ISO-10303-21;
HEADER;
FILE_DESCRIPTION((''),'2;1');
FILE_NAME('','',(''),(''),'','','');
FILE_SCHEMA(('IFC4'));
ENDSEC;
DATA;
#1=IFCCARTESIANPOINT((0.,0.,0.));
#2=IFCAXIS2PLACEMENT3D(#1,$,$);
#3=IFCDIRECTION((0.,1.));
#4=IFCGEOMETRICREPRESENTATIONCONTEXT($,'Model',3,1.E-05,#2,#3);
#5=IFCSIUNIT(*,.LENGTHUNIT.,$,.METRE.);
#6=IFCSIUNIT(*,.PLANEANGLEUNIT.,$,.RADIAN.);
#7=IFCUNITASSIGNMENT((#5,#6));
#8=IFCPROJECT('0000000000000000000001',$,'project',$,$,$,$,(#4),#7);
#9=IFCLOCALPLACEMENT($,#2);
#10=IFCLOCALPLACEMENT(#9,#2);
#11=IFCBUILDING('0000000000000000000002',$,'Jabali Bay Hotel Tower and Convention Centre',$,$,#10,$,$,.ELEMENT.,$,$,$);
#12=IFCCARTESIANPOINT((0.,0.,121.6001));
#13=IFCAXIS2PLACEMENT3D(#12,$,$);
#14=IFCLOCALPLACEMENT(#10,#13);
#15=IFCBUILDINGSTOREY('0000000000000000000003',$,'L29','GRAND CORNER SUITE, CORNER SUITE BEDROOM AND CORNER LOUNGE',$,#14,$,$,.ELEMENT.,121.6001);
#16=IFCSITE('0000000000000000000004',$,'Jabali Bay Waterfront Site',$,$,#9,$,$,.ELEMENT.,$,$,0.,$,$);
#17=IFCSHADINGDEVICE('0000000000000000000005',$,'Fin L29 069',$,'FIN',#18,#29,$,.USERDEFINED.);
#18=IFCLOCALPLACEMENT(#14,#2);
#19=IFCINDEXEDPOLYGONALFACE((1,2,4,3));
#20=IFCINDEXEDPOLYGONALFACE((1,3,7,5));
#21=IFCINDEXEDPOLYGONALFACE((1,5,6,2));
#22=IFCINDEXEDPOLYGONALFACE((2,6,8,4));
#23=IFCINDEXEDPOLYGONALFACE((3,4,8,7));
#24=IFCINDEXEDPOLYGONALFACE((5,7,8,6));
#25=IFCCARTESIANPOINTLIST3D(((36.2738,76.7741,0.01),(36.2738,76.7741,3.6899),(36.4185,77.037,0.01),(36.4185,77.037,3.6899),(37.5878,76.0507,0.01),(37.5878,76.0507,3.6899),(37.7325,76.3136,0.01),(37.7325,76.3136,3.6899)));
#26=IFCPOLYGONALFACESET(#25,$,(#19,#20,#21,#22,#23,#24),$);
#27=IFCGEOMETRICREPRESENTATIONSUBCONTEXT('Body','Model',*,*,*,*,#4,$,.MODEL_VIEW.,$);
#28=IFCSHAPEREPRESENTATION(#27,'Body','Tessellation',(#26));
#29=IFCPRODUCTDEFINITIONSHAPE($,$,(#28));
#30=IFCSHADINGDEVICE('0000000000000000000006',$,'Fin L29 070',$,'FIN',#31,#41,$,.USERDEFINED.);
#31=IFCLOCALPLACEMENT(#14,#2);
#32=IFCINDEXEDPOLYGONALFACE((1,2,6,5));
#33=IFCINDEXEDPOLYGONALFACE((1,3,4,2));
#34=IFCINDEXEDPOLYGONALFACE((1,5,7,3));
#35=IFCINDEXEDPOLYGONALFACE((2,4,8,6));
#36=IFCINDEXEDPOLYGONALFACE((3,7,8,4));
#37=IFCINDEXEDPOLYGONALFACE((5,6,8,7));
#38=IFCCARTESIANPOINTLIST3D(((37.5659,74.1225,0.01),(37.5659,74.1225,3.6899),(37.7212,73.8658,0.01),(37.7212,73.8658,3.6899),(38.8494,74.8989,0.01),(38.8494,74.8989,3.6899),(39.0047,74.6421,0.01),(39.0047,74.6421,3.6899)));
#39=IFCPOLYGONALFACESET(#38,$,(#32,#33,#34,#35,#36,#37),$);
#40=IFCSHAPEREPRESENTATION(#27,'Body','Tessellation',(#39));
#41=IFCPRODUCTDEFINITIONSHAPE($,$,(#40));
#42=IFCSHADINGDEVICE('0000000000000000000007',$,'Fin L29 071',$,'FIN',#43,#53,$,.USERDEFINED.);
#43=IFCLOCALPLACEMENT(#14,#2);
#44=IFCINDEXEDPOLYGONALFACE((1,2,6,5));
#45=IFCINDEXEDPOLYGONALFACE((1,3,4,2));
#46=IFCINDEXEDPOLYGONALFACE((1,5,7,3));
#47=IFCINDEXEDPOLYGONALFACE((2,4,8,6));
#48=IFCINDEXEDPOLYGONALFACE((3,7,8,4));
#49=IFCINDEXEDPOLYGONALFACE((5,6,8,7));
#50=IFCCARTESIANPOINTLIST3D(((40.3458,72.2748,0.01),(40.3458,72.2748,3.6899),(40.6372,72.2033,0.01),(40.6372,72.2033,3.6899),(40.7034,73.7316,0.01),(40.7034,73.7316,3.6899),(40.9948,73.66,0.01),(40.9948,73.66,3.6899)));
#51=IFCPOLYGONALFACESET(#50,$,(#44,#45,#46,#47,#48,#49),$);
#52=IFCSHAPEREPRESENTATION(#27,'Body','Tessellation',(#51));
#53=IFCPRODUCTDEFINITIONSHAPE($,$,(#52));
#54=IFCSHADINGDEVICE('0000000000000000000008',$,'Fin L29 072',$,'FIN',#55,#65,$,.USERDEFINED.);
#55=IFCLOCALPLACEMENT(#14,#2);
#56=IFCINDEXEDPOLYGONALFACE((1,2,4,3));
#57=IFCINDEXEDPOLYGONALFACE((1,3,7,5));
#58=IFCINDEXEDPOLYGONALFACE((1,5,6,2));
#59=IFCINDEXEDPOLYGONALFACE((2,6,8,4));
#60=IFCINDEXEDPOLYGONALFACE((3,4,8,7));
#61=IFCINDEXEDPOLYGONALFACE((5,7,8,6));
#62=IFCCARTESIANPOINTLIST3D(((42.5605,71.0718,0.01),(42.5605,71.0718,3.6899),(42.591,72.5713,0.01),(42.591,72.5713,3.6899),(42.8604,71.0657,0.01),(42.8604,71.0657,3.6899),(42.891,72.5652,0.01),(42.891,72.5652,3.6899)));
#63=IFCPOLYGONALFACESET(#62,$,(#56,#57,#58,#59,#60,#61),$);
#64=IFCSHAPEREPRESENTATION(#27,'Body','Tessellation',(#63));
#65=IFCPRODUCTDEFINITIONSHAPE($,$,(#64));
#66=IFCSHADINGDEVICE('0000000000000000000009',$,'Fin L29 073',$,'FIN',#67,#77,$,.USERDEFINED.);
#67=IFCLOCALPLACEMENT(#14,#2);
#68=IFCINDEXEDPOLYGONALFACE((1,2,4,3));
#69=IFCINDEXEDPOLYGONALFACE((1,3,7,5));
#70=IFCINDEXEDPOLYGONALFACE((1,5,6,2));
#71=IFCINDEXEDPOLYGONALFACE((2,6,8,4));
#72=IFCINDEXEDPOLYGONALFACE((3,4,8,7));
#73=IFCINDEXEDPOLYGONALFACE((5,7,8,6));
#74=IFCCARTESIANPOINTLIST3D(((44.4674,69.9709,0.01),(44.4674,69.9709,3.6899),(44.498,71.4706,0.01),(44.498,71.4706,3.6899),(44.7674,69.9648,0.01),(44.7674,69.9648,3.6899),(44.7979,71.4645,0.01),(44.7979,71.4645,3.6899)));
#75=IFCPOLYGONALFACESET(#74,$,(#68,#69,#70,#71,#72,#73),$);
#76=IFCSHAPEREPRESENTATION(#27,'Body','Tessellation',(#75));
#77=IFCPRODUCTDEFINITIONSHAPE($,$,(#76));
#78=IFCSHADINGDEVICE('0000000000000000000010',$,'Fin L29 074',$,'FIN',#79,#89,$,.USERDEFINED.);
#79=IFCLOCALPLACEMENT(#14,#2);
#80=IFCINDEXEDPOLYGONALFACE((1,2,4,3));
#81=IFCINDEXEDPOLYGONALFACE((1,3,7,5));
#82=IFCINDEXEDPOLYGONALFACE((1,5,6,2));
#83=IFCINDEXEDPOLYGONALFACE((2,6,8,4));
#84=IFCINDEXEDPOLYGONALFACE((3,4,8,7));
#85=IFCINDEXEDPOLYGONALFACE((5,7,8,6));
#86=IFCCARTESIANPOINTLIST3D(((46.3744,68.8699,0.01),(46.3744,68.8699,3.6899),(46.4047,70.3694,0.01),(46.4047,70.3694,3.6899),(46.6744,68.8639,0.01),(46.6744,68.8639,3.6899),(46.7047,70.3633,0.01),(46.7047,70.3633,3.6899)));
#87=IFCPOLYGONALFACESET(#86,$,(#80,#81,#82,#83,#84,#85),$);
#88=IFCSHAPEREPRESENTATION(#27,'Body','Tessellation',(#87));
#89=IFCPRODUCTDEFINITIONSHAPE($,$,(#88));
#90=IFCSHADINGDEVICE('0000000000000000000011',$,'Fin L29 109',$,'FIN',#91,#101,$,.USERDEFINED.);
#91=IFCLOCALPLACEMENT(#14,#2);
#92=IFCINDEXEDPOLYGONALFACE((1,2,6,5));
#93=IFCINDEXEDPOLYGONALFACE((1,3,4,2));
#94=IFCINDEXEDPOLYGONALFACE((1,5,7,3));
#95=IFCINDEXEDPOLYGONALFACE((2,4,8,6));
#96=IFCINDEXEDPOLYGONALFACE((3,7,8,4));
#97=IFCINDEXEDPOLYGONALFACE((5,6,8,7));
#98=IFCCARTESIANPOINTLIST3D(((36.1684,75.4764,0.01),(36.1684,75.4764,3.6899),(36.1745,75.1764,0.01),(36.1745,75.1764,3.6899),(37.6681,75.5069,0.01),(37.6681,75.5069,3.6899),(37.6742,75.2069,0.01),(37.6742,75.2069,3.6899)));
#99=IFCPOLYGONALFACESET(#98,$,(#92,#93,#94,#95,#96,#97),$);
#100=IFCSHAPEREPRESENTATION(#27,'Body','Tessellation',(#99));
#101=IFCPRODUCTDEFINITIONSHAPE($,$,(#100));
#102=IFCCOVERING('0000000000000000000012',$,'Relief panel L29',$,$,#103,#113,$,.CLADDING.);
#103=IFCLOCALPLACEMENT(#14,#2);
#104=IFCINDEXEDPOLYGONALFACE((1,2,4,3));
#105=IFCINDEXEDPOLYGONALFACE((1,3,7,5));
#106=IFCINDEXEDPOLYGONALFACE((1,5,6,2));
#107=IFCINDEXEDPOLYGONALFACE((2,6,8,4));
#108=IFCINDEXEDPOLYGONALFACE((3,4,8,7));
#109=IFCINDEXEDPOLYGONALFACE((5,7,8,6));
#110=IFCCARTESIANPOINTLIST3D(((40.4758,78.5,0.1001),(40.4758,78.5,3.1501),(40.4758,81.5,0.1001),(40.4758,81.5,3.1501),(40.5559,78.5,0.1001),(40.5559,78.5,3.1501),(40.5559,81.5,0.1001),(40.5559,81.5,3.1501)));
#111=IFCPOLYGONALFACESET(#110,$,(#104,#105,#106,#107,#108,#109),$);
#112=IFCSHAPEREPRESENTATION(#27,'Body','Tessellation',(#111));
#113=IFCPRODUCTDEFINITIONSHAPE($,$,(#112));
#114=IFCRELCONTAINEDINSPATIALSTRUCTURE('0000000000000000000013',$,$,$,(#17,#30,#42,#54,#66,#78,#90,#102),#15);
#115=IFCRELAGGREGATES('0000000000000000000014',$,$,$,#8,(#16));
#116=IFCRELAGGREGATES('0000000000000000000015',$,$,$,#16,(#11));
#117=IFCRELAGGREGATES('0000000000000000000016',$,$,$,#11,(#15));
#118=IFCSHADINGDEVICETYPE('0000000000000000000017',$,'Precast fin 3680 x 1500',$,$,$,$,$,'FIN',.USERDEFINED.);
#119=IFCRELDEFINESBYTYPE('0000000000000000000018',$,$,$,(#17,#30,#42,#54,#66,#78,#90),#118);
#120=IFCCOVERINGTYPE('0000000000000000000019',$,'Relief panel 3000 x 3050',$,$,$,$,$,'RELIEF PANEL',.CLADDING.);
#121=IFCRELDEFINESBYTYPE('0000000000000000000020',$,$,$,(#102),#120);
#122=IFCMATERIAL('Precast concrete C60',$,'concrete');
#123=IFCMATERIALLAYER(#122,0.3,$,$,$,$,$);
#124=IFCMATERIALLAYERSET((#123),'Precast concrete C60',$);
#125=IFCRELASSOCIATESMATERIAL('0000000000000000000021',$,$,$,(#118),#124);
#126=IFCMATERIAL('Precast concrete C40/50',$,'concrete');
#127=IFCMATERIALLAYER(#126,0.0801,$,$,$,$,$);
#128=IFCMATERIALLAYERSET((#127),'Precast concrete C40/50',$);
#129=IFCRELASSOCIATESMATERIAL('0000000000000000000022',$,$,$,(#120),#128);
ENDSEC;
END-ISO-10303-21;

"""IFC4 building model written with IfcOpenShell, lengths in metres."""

from ifc_helpers import new_model, si_unit, direction, frame, frame_2d, origin, origin_2d, place, context, subcontext, project, spatial, rectangle, extrude, material, layer, layer_set, type_object, element, save


model = new_model("IFC4")

# Units and contexts
model_context = context("Model", 3, precision=1e-05, world=origin(), true_north=direction((0.0, 1.0)))
body_context = subcontext(model_context, "Body", "Model", "MODEL_VIEW")
ifc_project = project(units=[si_unit("LENGTHUNIT", "METRE"), si_unit("PLANEANGLEUNIT", "RADIAN")], contexts=[model_context])

# Site, building, storey
site_placement = place(None, origin())
site = spatial("IfcSite", under=ifc_project, at=site_placement, Name="Jabali Bay Waterfront Site", CompositionType="ELEMENT", RefElevation=0.0)
building_placement = place(site_placement, origin())
building = spatial("IfcBuilding", under=site, at=building_placement, Name="Jabali Bay Hotel Tower and Convention Centre", CompositionType="ELEMENT")
storey_placement = place(building_placement, frame((0.0, 0.0, 121.6001)))
storey = spatial("IfcBuildingStorey", under=building, at=storey_placement, Name="L29", Description="GRAND CORNER SUITE, CORNER SUITE BEDROOM AND CORNER LOUNGE", CompositionType="ELEMENT", Elevation=121.6001)

# Shading devices
ifc_material_1 = material(Name="Precast concrete C60", Category="concrete")
ifc_layer_1 = layer(ifc_material_1, 0.3)
ifc_layer_set_1 = layer_set([ifc_layer_1], Name="Precast concrete C60")
shading_device_type = type_object("IfcShadingDeviceType", Name="Precast fin 3680 x 1500", ElementType="FIN", PredefinedType="USERDEFINED", material=ifc_layer_set_1)
for number, where, z_axis, x_axis, name in (
    (1, (37.6602, 76.1821, 0.01), (0.0, 0.0, 1.0), (-0.876017, 0.482281, 0.0), "Fin L29 069"),
    (2, (38.927, 74.7705, 0.01), (0.0, 0.0, 1.0), (-0.855635, -0.51758, 0.0), "Fin L29 070"),
    (3, (40.8491, 73.6958, 0.01), (0.0, 0.0, 1.0), (-0.238436, -0.971158, 0.0), "Fin L29 071"),
):
    element("IfcShadingDevice", number, at=place(storey_placement, frame(where, z_axis=z_axis, x_axis=x_axis)), inside=storey, type_object=shading_device_type, Name=name, ObjectType="FIN", PredefinedType="USERDEFINED", context=body_context, shape_type="SweptSolid", body=[
        extrude(rectangle(XDim=1.5, YDim=0.3, at=frame_2d((0.75, 0.0))), origin(), (0.0, 0.0, 1.0), 3.6799),
    ])
shading_device_1_placement = place(storey_placement, frame((42.741, 72.5684, 0.01), z_axis=(0.0, 0.0, 1.0), x_axis=(-0.020347, -0.999793, 0.0)))
element("IfcShadingDevice", 4, at=shading_device_1_placement, inside=storey, type_object=shading_device_type, Name="Fin L29 072", ObjectType="FIN", PredefinedType="USERDEFINED", context=body_context, shape_type="SweptSolid", body=[
    extrude(rectangle(XDim=1.4998, YDim=0.3, at=frame_2d((0.75, 0.0))), origin(), (0.0, 0.0, 1.0), 3.6799),
])
shading_device_2_placement = place(storey_placement, frame((44.6479, 71.4675, 0.01), z_axis=(0.0, 0.0, 1.0), x_axis=(-0.020344, -0.999793, 0.0)))
element("IfcShadingDevice", 5, at=shading_device_2_placement, inside=storey, type_object=shading_device_type, Name="Fin L29 073", ObjectType="FIN", PredefinedType="USERDEFINED", context=body_context, shape_type="SweptSolid", body=[
    extrude(rectangle(XDim=1.5, YDim=0.3, at=frame_2d((0.75, 0.0))), origin(), (0.0, 0.0, 1.0), 3.6799),
])
shading_device_3_placement = place(storey_placement, frame((46.5547, 70.3665, 0.01), z_axis=(0.0, 0.0, 1.0), x_axis=(-0.020185, -0.999796, 0.0)))
element("IfcShadingDevice", 6, at=shading_device_3_placement, inside=storey, type_object=shading_device_type, Name="Fin L29 074", ObjectType="FIN", PredefinedType="USERDEFINED", context=body_context, shape_type="SweptSolid", body=[
    extrude(rectangle(XDim=1.4998, YDim=0.3, at=frame_2d((0.75, 0.0))), origin(), (0.0, 0.0, 1.0), 3.6799),
])
shading_device_4_placement = place(storey_placement, frame((37.6711, 75.3569, 0.01), z_axis=(0.0, 0.0, 1.0), x_axis=(-0.999793, -0.020344, 0.0)))
element("IfcShadingDevice", 7, at=shading_device_4_placement, inside=storey, type_object=shading_device_type, Name="Fin L29 109", ObjectType="FIN", PredefinedType="USERDEFINED", context=body_context, shape_type="SweptSolid", body=[
    extrude(rectangle(XDim=1.5, YDim=0.3, at=frame_2d((0.75, 0.0))), origin(), (0.0, 0.0, 1.0), 3.6799),
])

# Covering
ifc_material_2 = material(Name="Precast concrete C40/50", Category="concrete")
ifc_layer_2 = layer(ifc_material_2, 0.0801)
ifc_layer_set_2 = layer_set([ifc_layer_2], Name="Precast concrete C40/50")
covering_type = type_object("IfcCoveringType", Name="Relief panel 3000 x 3050", ElementType="RELIEF PANEL", PredefinedType="CLADDING", material=ifc_layer_set_2)
covering_placement = place(storey_placement, frame((40.5159, 80.0, 0.1001), z_axis=(0.0, 0.0, 1.0), x_axis=(0.0, 1.0, 0.0)))
element("IfcCovering", 8, at=covering_placement, inside=storey, type_object=covering_type, Name="Relief panel L29", PredefinedType="CLADDING", context=body_context, shape_type="SweptSolid", body=[
    extrude(rectangle(XDim=3.0, YDim=0.0801, at=origin_2d()), origin(), (0.0, 0.0, 1.0), 3.05),
])

save(model, "model.ifc")
